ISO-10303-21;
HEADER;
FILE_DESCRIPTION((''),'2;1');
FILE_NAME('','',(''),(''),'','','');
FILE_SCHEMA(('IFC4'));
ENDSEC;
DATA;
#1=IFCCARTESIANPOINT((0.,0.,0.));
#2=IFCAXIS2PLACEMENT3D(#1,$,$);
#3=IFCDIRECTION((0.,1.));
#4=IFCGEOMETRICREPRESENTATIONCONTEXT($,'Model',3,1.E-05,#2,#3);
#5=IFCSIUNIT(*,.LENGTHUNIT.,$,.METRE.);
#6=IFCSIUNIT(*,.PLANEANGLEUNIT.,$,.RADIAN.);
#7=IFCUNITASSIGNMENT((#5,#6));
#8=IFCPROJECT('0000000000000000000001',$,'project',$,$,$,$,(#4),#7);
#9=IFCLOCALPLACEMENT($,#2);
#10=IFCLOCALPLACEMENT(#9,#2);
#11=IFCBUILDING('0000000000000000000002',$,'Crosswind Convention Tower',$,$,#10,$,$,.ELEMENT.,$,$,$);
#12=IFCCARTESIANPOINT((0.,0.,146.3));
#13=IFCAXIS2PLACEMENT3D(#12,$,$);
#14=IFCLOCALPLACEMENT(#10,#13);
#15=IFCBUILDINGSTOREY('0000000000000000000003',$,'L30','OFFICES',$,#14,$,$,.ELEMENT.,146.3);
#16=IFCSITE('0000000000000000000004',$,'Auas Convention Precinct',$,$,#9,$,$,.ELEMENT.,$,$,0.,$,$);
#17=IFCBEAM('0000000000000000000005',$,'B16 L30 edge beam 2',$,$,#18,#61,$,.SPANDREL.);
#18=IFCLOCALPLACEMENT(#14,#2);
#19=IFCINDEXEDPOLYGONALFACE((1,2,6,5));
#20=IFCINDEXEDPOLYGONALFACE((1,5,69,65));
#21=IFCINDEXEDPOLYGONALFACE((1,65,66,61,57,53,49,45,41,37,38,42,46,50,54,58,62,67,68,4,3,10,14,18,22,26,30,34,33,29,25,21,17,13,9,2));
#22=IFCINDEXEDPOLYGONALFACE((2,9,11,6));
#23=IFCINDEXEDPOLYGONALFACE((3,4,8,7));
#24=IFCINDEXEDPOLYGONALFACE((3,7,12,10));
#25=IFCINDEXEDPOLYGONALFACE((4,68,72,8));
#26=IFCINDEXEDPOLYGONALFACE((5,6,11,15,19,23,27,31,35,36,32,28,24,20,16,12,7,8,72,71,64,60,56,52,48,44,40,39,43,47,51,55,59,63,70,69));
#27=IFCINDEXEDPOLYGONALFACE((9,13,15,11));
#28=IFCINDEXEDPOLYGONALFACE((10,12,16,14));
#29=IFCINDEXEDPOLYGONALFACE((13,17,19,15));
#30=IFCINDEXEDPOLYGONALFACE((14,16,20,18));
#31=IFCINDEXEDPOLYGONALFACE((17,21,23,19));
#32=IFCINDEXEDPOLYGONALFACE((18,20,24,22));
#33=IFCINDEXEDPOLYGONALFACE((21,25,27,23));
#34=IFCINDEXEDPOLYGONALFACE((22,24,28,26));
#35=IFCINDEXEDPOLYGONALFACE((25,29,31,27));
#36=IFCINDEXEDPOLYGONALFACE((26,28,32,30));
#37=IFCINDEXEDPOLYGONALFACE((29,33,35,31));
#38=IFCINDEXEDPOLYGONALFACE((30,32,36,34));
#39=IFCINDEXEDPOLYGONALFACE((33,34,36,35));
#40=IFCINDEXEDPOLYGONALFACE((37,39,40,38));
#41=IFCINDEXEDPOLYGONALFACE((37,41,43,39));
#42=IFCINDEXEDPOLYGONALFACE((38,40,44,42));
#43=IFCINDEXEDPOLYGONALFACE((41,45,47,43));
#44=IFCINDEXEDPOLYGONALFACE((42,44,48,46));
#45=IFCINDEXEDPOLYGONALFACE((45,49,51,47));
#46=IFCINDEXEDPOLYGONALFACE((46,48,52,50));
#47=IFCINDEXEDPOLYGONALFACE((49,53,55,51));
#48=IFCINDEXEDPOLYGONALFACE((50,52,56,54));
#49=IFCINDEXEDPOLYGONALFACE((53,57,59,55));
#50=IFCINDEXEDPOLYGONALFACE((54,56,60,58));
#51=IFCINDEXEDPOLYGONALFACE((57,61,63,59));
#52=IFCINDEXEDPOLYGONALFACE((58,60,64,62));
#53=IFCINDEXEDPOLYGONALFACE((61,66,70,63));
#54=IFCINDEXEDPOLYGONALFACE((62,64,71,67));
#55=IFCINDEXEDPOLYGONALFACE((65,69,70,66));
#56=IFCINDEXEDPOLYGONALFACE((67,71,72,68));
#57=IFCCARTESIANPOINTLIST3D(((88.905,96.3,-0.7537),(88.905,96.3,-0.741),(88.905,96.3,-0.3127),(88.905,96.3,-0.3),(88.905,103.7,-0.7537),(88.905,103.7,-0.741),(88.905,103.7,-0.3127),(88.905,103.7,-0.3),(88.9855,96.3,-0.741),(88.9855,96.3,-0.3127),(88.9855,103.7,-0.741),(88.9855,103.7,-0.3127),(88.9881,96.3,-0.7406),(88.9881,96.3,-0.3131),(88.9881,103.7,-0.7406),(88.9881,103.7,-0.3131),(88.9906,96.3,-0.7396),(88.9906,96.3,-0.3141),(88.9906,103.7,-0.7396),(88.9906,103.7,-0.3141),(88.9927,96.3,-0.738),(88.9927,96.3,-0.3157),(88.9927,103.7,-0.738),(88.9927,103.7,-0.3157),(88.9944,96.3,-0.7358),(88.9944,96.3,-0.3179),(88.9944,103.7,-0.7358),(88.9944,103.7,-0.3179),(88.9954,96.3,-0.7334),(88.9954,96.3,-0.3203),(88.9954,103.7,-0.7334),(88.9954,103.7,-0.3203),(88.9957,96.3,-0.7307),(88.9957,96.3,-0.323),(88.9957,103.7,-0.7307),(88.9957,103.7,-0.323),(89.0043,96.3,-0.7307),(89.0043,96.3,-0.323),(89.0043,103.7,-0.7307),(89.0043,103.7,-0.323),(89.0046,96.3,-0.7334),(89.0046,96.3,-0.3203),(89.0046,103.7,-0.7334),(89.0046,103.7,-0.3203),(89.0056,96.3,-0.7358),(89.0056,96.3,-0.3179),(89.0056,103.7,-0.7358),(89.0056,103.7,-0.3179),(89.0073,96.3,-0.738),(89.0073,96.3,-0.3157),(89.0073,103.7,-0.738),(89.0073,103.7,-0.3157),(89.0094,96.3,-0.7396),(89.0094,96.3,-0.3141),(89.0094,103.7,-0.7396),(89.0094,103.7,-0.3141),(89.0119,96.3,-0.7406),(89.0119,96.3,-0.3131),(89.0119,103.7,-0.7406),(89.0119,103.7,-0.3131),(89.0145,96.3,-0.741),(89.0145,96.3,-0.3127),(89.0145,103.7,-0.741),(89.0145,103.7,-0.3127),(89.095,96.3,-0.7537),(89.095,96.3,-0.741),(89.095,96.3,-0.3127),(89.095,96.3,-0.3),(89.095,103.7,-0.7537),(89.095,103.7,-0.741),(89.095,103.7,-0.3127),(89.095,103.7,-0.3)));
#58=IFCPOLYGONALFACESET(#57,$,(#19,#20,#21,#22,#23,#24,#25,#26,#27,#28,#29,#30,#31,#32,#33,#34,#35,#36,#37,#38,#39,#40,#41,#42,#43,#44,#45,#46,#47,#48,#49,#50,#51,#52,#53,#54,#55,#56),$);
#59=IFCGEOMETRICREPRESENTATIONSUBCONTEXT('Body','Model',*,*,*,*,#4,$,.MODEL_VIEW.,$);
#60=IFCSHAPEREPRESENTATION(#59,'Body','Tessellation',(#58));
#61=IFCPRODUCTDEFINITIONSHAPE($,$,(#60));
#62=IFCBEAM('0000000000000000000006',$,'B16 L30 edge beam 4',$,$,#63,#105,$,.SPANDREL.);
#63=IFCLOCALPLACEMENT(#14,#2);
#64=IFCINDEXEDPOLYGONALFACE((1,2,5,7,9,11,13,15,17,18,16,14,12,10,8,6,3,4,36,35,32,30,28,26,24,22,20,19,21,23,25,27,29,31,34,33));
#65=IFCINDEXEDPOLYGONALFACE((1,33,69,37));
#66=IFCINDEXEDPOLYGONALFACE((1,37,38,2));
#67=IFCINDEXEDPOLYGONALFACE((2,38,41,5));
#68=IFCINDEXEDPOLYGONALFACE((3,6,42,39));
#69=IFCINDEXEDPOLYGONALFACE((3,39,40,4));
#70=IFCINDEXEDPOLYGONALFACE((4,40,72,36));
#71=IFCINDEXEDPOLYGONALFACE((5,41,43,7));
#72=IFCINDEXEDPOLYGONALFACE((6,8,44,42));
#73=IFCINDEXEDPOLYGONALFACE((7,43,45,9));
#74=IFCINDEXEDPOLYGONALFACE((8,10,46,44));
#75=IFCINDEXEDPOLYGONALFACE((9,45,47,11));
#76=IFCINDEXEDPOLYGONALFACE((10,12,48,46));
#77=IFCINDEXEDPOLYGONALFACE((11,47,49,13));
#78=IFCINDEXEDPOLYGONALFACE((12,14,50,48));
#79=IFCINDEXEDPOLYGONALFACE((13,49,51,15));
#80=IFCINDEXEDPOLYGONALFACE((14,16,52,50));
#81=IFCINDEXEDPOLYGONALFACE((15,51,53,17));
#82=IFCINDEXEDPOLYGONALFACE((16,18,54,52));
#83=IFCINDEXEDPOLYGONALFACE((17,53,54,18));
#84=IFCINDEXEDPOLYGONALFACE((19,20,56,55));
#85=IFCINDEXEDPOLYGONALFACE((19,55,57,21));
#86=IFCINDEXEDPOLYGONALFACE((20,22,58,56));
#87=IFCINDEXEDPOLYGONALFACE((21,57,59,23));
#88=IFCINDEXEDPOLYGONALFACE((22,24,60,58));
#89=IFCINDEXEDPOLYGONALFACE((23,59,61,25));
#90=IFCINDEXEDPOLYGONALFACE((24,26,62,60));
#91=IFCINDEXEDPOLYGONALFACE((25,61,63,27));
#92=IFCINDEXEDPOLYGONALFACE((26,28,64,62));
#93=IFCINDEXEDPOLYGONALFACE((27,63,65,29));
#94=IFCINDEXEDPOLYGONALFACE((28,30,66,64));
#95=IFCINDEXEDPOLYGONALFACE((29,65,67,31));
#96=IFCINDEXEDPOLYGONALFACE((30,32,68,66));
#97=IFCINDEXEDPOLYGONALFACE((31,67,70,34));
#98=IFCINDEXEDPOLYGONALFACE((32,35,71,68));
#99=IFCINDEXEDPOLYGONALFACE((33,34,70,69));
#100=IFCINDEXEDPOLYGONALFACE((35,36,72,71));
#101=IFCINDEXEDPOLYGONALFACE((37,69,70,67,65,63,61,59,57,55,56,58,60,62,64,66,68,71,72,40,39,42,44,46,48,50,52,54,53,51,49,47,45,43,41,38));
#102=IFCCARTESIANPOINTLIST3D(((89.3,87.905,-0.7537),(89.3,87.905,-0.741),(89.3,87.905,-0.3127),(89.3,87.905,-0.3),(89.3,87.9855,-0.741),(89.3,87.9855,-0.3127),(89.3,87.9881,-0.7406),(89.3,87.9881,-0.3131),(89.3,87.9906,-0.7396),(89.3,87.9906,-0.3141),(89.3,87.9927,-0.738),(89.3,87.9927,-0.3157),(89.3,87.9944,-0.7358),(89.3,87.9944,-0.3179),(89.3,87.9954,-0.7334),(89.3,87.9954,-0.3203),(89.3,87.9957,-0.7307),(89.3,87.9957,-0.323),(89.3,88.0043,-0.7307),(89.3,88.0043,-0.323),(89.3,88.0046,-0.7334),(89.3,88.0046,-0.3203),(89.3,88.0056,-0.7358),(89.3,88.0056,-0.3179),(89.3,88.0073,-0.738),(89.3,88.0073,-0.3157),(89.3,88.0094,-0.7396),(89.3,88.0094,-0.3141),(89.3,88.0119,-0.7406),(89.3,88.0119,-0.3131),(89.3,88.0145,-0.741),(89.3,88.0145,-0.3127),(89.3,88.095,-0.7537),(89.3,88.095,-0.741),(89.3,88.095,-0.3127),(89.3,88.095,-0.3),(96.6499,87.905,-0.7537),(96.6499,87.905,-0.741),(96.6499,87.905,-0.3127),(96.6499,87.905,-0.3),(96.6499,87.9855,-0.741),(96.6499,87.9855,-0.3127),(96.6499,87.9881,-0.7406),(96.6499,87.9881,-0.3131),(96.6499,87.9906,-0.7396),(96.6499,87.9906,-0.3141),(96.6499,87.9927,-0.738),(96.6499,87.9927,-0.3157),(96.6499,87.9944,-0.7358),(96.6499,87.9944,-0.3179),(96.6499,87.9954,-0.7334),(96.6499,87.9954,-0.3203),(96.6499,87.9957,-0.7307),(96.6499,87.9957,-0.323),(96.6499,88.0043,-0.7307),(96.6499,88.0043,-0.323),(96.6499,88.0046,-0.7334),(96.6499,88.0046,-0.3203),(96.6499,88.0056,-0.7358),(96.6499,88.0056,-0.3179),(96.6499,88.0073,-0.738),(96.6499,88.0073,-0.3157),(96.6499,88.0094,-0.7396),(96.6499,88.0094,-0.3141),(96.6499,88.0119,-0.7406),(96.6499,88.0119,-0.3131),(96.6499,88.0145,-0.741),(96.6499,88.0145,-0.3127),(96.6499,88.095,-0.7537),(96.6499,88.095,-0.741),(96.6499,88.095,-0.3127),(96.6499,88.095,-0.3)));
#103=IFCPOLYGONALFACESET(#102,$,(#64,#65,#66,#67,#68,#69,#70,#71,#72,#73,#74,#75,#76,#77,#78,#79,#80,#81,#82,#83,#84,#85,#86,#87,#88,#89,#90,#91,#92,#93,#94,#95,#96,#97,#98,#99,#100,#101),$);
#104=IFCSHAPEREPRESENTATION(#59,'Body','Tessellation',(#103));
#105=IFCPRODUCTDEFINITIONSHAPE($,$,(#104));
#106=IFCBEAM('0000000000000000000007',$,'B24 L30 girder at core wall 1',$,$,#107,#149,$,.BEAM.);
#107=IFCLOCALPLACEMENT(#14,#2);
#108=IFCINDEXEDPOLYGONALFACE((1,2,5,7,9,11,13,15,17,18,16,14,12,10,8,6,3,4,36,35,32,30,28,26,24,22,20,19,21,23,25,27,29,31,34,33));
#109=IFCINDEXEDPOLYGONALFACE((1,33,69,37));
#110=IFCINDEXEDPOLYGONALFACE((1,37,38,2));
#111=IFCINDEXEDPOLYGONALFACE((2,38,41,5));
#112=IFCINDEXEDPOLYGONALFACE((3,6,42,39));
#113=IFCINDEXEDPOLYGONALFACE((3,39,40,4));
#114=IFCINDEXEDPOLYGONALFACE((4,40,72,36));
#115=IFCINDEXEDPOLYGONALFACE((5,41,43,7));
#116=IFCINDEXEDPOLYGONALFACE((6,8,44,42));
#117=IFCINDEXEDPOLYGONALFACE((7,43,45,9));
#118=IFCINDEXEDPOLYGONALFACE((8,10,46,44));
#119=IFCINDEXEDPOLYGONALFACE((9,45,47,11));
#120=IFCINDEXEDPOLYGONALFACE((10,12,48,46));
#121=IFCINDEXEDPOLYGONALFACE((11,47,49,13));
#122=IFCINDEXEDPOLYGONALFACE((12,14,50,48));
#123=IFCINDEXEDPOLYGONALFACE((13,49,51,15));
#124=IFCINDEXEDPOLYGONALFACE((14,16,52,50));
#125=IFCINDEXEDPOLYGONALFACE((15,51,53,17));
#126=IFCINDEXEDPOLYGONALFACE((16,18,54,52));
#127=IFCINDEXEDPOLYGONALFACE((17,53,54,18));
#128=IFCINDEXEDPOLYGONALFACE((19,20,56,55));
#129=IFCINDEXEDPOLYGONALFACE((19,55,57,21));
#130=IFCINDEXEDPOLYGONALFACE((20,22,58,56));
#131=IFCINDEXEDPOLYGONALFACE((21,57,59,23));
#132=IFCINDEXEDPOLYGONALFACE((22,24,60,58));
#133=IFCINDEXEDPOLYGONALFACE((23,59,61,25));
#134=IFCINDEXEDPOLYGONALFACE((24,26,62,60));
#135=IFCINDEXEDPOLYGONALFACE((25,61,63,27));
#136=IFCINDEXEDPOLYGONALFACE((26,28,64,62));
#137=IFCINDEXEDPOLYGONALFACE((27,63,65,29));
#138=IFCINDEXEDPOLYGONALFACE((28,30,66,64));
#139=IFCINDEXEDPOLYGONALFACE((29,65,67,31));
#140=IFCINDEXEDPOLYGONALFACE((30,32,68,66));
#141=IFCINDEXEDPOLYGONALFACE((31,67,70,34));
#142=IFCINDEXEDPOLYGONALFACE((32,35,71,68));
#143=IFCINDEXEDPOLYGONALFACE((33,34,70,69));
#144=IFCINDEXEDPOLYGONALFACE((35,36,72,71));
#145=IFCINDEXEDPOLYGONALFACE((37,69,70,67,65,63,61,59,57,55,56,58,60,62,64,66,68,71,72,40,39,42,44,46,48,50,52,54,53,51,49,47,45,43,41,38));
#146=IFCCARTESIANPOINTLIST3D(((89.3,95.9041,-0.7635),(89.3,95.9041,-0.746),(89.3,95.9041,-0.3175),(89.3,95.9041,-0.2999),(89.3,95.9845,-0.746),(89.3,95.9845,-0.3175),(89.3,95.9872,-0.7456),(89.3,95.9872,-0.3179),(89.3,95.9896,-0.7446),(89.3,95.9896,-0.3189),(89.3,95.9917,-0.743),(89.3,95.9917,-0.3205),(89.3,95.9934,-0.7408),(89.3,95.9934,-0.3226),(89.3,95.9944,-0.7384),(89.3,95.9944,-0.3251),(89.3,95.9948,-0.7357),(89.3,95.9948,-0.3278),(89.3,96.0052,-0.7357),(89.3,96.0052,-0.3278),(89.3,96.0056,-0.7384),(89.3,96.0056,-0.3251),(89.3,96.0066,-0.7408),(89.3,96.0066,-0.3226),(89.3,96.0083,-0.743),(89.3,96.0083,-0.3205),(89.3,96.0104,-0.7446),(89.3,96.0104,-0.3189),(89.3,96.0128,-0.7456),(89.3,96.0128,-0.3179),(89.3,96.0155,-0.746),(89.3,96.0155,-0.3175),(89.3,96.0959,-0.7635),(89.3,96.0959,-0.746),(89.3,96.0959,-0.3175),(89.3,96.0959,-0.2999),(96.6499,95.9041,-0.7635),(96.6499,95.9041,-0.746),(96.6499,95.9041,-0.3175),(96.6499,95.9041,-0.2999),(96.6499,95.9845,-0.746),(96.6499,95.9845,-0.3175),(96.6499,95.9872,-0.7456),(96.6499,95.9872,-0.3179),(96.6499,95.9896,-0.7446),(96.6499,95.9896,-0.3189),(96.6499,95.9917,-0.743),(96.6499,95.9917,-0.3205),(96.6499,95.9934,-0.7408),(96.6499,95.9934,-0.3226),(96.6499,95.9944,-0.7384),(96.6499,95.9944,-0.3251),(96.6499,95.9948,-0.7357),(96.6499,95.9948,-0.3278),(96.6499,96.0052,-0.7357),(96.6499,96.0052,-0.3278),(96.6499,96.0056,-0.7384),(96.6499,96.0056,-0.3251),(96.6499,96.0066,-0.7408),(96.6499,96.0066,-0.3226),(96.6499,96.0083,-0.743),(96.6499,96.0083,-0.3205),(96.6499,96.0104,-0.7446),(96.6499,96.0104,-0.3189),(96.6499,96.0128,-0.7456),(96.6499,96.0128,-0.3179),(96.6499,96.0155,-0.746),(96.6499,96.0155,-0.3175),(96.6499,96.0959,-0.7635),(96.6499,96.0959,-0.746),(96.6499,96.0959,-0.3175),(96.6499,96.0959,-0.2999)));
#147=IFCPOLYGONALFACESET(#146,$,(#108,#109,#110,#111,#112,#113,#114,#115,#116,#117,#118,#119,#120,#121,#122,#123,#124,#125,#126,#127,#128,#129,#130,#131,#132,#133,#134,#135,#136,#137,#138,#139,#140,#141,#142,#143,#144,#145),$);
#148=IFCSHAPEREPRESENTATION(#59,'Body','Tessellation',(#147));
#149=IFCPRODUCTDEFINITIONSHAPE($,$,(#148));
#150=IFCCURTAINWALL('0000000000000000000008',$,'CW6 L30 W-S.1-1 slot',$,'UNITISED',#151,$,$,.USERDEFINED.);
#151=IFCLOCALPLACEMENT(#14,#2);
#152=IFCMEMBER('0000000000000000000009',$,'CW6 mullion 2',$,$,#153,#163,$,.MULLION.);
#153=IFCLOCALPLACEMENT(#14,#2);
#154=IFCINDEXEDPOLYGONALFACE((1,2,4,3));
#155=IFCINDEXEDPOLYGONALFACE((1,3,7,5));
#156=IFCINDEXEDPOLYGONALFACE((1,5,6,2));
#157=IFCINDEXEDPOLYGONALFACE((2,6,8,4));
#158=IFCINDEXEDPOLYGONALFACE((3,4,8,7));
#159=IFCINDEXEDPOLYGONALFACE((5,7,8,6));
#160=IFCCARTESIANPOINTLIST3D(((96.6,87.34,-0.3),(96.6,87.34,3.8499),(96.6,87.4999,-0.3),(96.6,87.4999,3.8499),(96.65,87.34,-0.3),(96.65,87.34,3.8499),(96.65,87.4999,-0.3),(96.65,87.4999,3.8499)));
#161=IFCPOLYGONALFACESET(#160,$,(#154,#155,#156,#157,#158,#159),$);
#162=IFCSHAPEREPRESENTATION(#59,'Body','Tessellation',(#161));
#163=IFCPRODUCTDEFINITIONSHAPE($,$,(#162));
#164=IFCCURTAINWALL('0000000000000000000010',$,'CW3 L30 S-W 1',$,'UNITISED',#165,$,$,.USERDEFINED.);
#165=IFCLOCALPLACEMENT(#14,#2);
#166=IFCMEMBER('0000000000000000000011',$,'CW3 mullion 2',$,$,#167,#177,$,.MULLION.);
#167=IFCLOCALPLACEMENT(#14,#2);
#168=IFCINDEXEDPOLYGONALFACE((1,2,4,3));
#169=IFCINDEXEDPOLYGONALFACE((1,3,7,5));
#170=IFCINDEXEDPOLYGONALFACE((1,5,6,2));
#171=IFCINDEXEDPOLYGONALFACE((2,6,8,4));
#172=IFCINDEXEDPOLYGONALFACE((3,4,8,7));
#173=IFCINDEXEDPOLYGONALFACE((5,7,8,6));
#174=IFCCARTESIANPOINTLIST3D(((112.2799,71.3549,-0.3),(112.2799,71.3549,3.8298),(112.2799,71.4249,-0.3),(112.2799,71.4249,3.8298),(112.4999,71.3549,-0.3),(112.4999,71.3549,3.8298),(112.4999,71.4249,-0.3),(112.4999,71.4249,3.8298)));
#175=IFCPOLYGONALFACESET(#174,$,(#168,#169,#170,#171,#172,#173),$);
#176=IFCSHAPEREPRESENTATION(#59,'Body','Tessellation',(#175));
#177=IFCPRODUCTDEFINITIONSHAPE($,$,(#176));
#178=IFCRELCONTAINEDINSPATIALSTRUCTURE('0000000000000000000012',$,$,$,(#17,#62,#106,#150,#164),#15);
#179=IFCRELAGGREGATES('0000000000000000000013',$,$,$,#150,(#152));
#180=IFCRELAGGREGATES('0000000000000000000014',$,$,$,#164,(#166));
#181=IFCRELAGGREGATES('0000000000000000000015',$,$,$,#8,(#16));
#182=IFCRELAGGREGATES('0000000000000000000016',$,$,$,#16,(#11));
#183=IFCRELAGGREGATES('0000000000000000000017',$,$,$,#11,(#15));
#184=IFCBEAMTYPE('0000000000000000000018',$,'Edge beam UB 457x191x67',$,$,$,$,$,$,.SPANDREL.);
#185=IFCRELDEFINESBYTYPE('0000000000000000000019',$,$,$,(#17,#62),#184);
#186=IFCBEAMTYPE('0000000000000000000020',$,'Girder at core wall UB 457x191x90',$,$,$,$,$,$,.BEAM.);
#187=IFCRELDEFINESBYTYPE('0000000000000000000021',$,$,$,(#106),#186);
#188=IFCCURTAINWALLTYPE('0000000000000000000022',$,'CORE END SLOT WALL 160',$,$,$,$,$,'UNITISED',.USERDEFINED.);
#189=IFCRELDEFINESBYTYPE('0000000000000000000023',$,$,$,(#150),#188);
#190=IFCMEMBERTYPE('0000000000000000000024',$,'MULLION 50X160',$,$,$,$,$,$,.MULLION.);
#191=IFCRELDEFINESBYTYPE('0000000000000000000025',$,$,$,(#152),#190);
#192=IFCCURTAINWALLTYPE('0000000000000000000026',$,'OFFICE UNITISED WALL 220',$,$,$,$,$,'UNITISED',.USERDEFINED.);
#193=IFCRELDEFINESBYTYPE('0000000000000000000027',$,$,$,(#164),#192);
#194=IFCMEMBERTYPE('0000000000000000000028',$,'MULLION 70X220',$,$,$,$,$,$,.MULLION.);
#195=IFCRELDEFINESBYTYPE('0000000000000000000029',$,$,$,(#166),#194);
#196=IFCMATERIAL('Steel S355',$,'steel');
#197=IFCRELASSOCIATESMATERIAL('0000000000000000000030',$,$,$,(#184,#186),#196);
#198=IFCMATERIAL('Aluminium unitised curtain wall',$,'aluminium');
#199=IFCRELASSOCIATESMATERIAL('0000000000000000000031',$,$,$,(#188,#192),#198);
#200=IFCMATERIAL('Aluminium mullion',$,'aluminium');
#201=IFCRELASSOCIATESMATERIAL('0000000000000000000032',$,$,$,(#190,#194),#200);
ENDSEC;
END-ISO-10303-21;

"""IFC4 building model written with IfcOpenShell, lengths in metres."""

from ifc_helpers import new_model, si_unit, direction, frame, origin, origin_2d, place, context, subcontext, project, spatial, rectangle, i_section, extrude, material, material_profile, profile_set, type_object, element, aggregate, save


model = new_model("IFC4")

# Units and contexts
model_context = context("Model", 3, precision=1e-05, world=origin(), true_north=direction((0.0, 1.0)))
body_context = subcontext(model_context, "Body", "Model", "MODEL_VIEW")
ifc_project = project(units=[si_unit("LENGTHUNIT", "METRE"), si_unit("PLANEANGLEUNIT", "RADIAN")], contexts=[model_context])

# Site, building, storey
site_placement = place(None, origin())
site = spatial("IfcSite", under=ifc_project, at=site_placement, Name="Auas Convention Precinct", CompositionType="ELEMENT", RefElevation=0.0)
building_placement = place(site_placement, origin())
building = spatial("IfcBuilding", under=site, at=building_placement, Name="Crosswind Convention Tower", CompositionType="ELEMENT")
storey_placement = place(building_placement, frame((0.0, 0.0, 146.3)))
storey = spatial("IfcBuildingStorey", under=building, at=storey_placement, Name="L30", Description="OFFICES", CompositionType="ELEMENT", Elevation=146.3)

# Beams
ifc_material_1 = material(Name="Steel S355", Category="steel")
ifc_material_profile_1 = material_profile(ifc_material_1, i_section(OverallWidth=0.1899, OverallDepth=0.4536, WebThickness=0.0085, FlangeThickness=0.0127, FilletRadius=0.0103, at=origin_2d()), Name="UB 457x191x67")
ifc_profile_set_1 = profile_set([ifc_material_profile_1], Name="Steel S355")
beam_type_1 = type_object("IfcBeamType", Name="Edge beam UB 457x191x67", PredefinedType="SPANDREL", material=ifc_profile_set_1)
beam_1_placement = place(storey_placement, frame((89.0, 96.3, -0.5269), z_axis=(0.0, 1.0, 0.0), x_axis=(-1.0, 0.0, 0.0)))
element("IfcBeam", 1, at=beam_1_placement, inside=storey, type_object=beam_type_1, Name="B16 L30 edge beam 2", PredefinedType="SPANDREL", context=body_context, shape_type="SweptSolid", body=[
    extrude(i_section(OverallWidth=0.1899, OverallDepth=0.4536, WebThickness=0.0085, FlangeThickness=0.0127, FilletRadius=0.0103, at=origin_2d()), origin(), (0.0, 0.0, 1.0), 7.3999),
])
beam_2_placement = place(storey_placement, frame((89.3, 88.0, -0.5269), z_axis=(1.0, 0.0, 0.0), x_axis=(0.0, 1.0, 0.0)))
element("IfcBeam", 2, at=beam_2_placement, inside=storey, type_object=beam_type_1, Name="B16 L30 edge beam 4", PredefinedType="SPANDREL", context=body_context, shape_type="SweptSolid", body=[
    extrude(i_section(OverallWidth=0.1899, OverallDepth=0.4536, WebThickness=0.0085, FlangeThickness=0.0127, FilletRadius=0.0103, at=origin_2d()), origin(), (0.0, 0.0, 1.0), 7.3499),
])
ifc_material_profile_2 = material_profile(ifc_material_1, i_section(OverallWidth=0.1919, OverallDepth=0.4636, WebThickness=0.0105, FlangeThickness=0.0176, FilletRadius=0.0103, at=origin_2d()), Name="UB 457x191x90")
ifc_profile_set_2 = profile_set([ifc_material_profile_2], Name="Steel S355")
beam_type_2 = type_object("IfcBeamType", Name="Girder at core wall UB 457x191x90", PredefinedType="BEAM", material=ifc_profile_set_2)
beam_3_placement = place(storey_placement, frame((89.3, 96.0, -0.5317), z_axis=(1.0, 0.0, 0.0), x_axis=(0.0, 1.0, 0.0)))
element("IfcBeam", 3, at=beam_3_placement, inside=storey, type_object=beam_type_2, Name="B24 L30 girder at core wall 1", PredefinedType="BEAM", context=body_context, shape_type="SweptSolid", body=[
    extrude(i_section(OverallWidth=0.1919, OverallDepth=0.4636, WebThickness=0.0105, FlangeThickness=0.0176, FilletRadius=0.0103, at=origin_2d()), origin(), (0.0, 0.0, 1.0), 7.3499),
])

# Curtain walls, members
ifc_material_2 = material(Name="Aluminium unitised curtain wall", Category="aluminium")
curtain_wall_type_1 = type_object("IfcCurtainWallType", Name="CORE END SLOT WALL 160", ElementType="UNITISED", PredefinedType="USERDEFINED", material=ifc_material_2)
curtain_wall_1_placement = place(storey_placement, origin())
curtain_wall_1 = element("IfcCurtainWall", 4, at=curtain_wall_1_placement, inside=storey, type_object=curtain_wall_type_1, Name="CW6 L30 W-S.1-1 slot", ObjectType="UNITISED", PredefinedType="USERDEFINED")
ifc_material_3 = material(Name="Aluminium mullion", Category="aluminium")
ifc_material_profile_3 = material_profile(ifc_material_3, rectangle(XDim=0.1599, YDim=0.05, at=origin_2d()), Name="AL 160X50")
ifc_profile_set_3 = profile_set([ifc_material_profile_3], Name="Aluminium mullion")
member_type_1 = type_object("IfcMemberType", Name="MULLION 50X160", PredefinedType="MULLION", material=ifc_profile_set_3)
member_1_placement = place(storey_placement, frame((96.625, 87.4199, -0.3), z_axis=(0.0, 0.0, 1.0), x_axis=(0.0, -1.0, 0.0)))
member_1 = element("IfcMember", 5, at=member_1_placement, type_object=member_type_1, Name="CW6 mullion 2", PredefinedType="MULLION", context=body_context, shape_type="SweptSolid", body=[
    extrude(rectangle(XDim=0.1599, YDim=0.05, at=origin_2d()), origin(), (0.0, 0.0, 1.0), 4.1499),
])
aggregate(curtain_wall_1, [member_1])
curtain_wall_type_2 = type_object("IfcCurtainWallType", Name="OFFICE UNITISED WALL 220", ElementType="UNITISED", PredefinedType="USERDEFINED", material=ifc_material_2)
curtain_wall_2_placement = place(storey_placement, origin())
curtain_wall_2 = element("IfcCurtainWall", 6, at=curtain_wall_2_placement, inside=storey, type_object=curtain_wall_type_2, Name="CW3 L30 S-W 1", ObjectType="UNITISED", PredefinedType="USERDEFINED")
ifc_material_profile_4 = material_profile(ifc_material_3, rectangle(XDim=0.22, YDim=0.0701, at=origin_2d()), Name="AL 220X70")
ifc_profile_set_4 = profile_set([ifc_material_profile_4], Name="Aluminium mullion")
member_type_2 = type_object("IfcMemberType", Name="MULLION 70X220", PredefinedType="MULLION", material=ifc_profile_set_4)
member_2_placement = place(storey_placement, frame((112.3899, 71.3899, -0.3), z_axis=(0.0, 0.0, 1.0), x_axis=(-1.0, 0.0, 0.0)))
member_2 = element("IfcMember", 7, at=member_2_placement, type_object=member_type_2, Name="CW3 mullion 2", PredefinedType="MULLION", context=body_context, shape_type="SweptSolid", body=[
    extrude(rectangle(XDim=0.22, YDim=0.0701, at=origin_2d()), origin(), (0.0, 0.0, 1.0), 4.1299),
])

aggregate(curtain_wall_2, [member_2])

save(model, "model.ifc")
